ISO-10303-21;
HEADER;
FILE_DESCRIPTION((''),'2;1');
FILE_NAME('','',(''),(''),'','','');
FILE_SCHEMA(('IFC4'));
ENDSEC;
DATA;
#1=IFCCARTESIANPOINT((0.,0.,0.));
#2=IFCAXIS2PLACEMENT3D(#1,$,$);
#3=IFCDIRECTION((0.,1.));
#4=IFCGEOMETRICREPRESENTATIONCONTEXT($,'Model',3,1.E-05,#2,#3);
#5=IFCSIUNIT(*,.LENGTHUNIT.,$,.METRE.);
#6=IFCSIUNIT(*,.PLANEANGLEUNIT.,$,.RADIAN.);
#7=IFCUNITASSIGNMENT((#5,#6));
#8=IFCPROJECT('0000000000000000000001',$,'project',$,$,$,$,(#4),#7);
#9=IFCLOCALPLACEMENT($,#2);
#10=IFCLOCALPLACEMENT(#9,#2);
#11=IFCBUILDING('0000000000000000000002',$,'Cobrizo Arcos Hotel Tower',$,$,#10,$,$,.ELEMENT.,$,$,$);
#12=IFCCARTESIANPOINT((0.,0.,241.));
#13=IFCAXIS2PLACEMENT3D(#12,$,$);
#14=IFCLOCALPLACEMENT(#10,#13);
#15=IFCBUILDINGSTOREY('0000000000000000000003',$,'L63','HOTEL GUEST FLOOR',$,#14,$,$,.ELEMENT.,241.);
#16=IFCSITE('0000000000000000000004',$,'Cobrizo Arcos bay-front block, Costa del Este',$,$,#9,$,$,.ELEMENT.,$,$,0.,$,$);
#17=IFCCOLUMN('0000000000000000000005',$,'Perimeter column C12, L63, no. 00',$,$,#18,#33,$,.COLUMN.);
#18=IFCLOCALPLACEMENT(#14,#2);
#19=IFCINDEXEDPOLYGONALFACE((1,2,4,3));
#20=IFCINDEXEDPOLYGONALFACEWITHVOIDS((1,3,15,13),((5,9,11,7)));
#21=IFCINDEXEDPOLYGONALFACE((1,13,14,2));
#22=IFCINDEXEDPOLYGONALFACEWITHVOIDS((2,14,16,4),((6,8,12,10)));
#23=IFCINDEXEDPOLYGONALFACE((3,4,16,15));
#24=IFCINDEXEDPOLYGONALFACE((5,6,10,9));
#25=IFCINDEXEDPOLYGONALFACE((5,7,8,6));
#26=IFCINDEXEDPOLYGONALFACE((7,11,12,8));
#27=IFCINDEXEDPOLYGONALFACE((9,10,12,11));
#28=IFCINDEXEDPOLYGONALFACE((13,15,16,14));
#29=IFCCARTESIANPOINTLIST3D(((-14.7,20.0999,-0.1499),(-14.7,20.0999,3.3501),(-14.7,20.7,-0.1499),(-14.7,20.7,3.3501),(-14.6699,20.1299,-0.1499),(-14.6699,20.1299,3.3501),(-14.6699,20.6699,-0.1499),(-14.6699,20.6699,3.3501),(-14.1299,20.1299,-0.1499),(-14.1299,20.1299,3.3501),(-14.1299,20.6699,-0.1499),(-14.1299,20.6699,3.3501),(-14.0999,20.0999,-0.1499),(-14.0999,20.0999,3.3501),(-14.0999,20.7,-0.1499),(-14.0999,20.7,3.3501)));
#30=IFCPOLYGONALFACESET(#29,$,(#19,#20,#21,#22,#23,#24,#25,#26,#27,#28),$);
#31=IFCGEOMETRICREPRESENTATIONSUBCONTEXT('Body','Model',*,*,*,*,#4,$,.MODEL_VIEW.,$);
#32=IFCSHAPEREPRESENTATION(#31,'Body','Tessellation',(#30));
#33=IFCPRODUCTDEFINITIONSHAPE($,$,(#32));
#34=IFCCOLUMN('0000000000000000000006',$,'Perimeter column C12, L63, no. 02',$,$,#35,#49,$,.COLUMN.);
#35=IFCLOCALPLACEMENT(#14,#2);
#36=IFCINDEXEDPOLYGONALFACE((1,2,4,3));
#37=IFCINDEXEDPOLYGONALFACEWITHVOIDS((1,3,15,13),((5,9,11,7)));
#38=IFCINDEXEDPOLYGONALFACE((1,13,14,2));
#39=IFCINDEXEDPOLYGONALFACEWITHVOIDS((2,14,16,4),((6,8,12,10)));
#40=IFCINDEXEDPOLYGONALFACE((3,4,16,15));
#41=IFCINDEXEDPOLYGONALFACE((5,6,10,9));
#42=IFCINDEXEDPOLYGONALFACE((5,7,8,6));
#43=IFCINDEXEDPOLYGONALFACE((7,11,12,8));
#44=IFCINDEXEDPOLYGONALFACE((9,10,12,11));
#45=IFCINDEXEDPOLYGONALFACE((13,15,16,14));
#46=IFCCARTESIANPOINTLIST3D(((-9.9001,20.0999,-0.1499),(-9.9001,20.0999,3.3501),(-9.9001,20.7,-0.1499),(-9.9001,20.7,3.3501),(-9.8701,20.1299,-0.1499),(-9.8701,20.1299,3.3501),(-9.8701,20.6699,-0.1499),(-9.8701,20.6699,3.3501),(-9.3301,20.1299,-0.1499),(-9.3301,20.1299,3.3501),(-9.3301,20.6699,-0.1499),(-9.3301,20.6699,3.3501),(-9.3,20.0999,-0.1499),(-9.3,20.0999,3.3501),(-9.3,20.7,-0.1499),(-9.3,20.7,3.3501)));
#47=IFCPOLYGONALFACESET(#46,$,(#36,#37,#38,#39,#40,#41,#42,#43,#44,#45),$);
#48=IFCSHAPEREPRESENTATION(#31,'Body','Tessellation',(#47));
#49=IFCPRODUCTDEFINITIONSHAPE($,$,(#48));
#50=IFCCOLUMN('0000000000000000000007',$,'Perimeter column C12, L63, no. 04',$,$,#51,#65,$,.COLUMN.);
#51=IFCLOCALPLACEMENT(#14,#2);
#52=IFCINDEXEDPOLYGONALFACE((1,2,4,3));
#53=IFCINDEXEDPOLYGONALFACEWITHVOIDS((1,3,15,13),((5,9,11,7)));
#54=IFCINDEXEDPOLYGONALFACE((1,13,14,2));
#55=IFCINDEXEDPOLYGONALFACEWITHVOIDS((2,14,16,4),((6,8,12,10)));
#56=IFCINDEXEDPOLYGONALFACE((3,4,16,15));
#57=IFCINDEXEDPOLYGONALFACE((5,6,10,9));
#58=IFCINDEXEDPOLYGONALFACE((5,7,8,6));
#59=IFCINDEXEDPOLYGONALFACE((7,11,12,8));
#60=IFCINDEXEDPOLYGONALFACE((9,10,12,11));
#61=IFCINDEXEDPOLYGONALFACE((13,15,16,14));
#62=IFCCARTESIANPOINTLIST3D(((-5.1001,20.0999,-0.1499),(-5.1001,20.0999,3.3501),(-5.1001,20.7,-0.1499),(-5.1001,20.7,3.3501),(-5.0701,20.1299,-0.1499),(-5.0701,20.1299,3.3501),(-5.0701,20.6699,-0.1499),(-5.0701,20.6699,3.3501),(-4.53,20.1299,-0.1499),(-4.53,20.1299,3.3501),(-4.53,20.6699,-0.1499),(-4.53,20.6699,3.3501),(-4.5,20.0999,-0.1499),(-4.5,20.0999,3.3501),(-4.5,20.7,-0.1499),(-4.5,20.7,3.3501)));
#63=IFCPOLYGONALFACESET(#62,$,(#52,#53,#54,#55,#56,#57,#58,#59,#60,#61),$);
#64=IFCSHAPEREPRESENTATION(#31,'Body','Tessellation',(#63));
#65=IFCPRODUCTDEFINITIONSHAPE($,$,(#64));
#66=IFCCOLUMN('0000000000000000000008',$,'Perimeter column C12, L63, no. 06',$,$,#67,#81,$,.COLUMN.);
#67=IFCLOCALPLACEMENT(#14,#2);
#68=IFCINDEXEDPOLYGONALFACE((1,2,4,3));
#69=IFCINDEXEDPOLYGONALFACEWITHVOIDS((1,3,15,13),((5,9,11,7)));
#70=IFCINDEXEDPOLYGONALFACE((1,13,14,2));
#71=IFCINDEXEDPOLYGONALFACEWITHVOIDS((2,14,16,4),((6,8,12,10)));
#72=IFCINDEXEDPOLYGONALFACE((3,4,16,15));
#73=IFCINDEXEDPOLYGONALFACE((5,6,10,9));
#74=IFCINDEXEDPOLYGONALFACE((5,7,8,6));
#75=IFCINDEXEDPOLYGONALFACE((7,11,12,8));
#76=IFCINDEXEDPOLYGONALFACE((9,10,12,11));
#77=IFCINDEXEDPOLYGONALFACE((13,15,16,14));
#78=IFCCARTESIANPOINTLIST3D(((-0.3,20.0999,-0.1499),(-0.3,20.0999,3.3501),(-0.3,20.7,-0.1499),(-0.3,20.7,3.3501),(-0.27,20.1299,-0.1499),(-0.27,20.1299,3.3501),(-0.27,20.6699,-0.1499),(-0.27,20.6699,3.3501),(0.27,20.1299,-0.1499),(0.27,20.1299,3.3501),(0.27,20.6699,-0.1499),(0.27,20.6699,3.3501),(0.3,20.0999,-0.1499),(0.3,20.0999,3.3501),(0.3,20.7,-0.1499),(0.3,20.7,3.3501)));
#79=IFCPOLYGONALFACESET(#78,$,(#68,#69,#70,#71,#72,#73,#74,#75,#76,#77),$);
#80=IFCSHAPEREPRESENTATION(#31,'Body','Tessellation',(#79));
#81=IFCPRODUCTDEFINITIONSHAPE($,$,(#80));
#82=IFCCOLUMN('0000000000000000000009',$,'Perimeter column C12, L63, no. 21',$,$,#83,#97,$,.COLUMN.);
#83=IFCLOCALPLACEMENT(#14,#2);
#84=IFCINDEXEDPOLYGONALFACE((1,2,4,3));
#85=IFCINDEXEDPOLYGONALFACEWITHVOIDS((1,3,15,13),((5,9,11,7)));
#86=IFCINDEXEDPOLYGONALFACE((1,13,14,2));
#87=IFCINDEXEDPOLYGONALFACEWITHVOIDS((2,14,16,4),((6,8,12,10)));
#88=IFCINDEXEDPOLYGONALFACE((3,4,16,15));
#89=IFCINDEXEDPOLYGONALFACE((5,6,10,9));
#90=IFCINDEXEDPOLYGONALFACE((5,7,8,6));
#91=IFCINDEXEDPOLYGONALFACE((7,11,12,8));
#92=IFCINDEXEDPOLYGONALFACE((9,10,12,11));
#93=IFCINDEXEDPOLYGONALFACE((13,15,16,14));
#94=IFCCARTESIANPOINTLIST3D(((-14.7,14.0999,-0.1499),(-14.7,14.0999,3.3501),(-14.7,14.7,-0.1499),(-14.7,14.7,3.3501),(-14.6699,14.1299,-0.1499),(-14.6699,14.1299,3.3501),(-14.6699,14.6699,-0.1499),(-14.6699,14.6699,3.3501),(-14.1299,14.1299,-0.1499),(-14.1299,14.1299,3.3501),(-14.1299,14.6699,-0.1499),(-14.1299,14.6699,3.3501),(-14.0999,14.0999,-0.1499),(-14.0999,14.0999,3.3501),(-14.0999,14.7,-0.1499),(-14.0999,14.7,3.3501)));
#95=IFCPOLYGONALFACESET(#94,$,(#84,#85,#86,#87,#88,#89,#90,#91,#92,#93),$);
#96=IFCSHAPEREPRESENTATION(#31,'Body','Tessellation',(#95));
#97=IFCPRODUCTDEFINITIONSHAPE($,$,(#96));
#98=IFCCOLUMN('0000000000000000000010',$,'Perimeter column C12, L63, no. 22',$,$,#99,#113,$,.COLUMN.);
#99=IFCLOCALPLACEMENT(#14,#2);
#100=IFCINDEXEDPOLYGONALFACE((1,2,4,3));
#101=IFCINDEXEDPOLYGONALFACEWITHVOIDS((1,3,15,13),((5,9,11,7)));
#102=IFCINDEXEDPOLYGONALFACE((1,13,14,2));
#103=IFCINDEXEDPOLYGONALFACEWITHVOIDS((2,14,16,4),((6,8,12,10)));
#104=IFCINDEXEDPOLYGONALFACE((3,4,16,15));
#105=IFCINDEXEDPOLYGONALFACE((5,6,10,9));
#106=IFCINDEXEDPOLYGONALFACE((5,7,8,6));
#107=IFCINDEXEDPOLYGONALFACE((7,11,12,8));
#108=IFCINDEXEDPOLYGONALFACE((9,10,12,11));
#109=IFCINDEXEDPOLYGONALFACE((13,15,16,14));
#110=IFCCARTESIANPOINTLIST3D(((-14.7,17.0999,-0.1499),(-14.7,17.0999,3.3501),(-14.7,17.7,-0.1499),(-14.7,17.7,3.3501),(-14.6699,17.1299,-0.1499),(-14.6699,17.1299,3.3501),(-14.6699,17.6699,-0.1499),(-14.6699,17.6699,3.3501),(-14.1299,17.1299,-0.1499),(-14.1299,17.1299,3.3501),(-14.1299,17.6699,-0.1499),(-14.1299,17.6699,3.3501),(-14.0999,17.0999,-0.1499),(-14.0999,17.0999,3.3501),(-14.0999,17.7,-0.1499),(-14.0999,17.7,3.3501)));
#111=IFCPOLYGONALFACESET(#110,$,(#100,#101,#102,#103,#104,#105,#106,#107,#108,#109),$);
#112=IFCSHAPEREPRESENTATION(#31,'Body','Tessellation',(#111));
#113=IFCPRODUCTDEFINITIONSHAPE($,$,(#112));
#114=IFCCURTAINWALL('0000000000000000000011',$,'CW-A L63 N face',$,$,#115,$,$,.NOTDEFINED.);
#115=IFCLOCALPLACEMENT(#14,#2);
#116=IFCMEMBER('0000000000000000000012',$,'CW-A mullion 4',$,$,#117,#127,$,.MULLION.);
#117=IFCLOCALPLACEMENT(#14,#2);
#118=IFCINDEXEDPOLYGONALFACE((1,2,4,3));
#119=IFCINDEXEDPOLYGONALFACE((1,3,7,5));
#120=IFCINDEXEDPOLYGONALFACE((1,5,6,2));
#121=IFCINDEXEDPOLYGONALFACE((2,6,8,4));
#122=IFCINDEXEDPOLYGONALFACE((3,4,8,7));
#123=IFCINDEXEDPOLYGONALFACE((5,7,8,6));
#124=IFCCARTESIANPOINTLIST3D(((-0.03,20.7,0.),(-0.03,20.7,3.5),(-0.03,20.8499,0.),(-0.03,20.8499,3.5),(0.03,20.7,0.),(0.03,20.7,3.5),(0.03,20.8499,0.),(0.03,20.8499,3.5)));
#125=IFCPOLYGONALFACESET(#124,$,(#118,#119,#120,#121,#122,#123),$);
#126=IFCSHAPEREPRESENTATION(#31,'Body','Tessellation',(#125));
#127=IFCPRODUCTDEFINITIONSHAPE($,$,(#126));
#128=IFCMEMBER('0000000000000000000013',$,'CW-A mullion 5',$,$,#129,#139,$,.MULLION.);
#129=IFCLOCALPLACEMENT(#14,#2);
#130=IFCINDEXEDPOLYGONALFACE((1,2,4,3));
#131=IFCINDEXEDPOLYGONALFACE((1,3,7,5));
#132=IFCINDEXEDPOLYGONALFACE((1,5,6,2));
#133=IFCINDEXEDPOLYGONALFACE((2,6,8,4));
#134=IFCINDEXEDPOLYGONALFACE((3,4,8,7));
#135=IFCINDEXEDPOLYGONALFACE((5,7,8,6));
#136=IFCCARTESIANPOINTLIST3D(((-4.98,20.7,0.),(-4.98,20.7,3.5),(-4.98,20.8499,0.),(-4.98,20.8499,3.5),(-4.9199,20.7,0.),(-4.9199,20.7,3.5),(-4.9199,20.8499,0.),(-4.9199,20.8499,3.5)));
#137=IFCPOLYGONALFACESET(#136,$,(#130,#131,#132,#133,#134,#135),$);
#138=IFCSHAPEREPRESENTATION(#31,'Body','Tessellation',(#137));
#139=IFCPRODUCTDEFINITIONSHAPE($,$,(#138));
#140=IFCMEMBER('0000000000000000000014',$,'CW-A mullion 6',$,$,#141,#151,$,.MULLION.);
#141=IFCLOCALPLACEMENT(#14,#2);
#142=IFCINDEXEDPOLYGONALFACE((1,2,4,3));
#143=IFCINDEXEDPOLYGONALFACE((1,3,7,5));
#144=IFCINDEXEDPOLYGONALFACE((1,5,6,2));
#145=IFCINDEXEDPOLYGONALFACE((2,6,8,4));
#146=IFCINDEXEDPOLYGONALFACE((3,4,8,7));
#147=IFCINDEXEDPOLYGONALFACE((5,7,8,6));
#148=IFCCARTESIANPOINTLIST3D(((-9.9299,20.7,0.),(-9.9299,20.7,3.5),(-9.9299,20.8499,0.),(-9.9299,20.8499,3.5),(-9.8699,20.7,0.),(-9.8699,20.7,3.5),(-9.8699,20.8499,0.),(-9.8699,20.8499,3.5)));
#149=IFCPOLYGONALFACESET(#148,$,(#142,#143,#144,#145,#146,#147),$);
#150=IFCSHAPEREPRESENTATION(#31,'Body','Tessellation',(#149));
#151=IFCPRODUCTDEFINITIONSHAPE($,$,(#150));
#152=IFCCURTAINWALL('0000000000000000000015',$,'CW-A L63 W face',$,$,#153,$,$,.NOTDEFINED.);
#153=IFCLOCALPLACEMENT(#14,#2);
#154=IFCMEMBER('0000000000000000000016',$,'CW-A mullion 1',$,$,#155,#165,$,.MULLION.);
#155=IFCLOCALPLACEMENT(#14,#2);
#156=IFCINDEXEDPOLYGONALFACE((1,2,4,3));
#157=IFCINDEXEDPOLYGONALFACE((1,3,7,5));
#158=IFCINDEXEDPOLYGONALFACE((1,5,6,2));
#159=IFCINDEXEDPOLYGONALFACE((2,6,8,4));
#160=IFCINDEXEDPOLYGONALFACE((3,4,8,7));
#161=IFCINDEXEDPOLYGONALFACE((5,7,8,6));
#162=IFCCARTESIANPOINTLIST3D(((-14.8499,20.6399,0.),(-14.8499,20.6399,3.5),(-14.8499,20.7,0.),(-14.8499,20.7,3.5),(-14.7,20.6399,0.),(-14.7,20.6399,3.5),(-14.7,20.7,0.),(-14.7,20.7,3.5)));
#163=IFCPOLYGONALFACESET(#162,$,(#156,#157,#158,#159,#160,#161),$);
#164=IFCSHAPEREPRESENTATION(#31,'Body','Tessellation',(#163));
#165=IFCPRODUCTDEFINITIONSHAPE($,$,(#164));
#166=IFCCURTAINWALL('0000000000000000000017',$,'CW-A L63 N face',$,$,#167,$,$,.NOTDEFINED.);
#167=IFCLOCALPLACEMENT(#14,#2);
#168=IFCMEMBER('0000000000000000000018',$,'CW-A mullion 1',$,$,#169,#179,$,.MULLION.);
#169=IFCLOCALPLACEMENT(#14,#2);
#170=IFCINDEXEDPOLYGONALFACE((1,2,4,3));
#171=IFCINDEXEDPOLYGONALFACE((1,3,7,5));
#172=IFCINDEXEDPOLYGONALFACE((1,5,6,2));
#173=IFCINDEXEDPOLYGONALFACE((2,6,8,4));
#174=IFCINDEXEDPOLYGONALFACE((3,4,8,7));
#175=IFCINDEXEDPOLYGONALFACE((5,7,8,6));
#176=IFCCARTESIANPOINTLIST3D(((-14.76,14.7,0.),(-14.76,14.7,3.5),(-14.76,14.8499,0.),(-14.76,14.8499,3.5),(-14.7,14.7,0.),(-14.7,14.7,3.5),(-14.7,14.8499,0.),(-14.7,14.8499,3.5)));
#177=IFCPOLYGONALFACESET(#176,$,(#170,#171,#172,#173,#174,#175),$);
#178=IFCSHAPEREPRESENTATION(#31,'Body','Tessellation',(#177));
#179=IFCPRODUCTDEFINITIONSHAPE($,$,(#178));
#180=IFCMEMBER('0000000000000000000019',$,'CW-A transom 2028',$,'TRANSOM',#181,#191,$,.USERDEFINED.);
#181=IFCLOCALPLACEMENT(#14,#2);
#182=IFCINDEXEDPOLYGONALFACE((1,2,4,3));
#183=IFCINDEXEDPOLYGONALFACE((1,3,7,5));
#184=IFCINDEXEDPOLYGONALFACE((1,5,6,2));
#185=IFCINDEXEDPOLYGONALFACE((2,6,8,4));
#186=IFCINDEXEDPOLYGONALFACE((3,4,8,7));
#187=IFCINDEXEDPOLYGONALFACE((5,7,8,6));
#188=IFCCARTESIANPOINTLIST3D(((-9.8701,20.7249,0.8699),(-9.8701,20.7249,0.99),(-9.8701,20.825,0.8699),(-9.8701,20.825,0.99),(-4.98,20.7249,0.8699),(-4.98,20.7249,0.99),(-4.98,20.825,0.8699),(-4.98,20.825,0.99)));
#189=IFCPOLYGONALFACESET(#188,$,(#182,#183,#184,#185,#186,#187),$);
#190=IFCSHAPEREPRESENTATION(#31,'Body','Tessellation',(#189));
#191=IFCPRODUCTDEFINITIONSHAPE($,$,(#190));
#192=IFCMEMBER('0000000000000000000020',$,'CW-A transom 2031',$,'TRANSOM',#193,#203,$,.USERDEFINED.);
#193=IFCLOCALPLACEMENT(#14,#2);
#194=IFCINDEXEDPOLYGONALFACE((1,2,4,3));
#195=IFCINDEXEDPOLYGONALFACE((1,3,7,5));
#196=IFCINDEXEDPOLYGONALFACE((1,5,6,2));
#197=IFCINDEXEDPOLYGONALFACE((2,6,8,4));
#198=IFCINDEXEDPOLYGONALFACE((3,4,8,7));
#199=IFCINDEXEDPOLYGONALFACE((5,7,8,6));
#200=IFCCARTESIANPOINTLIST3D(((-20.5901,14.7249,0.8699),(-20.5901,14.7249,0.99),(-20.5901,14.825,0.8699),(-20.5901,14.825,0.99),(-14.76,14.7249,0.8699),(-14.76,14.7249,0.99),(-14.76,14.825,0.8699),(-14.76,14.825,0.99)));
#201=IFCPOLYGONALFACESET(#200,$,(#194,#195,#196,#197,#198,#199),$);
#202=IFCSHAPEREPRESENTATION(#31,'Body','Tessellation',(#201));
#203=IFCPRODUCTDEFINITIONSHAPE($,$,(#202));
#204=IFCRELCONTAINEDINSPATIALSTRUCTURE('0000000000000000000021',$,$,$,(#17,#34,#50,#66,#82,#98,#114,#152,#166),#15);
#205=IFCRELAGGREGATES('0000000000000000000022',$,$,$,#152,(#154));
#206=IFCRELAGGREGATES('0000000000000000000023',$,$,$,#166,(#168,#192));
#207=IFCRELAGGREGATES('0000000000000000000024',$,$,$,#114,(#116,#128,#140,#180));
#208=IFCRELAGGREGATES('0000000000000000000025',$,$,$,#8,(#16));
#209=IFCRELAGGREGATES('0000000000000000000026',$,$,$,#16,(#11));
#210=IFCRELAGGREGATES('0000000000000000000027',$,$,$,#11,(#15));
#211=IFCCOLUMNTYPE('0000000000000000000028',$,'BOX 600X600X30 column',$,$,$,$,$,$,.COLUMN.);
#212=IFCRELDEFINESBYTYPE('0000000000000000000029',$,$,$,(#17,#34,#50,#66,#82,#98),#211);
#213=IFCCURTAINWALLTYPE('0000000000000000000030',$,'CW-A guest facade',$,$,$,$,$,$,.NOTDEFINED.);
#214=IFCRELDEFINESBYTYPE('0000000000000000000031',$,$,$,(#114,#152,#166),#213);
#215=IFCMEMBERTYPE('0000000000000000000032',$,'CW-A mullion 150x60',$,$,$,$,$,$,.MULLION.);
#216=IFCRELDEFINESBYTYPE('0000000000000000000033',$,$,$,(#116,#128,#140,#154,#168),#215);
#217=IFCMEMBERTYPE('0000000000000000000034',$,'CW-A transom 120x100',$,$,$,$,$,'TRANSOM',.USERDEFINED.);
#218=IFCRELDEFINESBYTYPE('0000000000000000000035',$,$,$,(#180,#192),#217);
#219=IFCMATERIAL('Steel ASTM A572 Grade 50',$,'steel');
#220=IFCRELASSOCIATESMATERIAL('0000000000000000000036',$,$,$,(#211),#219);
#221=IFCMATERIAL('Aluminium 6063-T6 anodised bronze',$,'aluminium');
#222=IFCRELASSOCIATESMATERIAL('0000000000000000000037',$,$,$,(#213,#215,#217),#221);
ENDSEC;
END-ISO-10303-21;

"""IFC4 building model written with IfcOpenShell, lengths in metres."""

from ifc_helpers import new_model, si_unit, direction, frame, origin, origin_2d, place, context, subcontext, project, spatial, rectangle, hollow_rectangle, extrude, material, material_profile, profile_set, type_object, element, aggregate, save


model = new_model("IFC4")

# Units and contexts
model_context = context("Model", 3, precision=1e-05, world=origin(), true_north=direction((0.0, 1.0)))
body_context = subcontext(model_context, "Body", "Model", "MODEL_VIEW")
ifc_project = project(units=[si_unit("LENGTHUNIT", "METRE"), si_unit("PLANEANGLEUNIT", "RADIAN")], contexts=[model_context])

# Site, building, storey
site_placement = place(None, origin())
site = spatial("IfcSite", under=ifc_project, at=site_placement, Name="Cobrizo Arcos bay-front block, Costa del Este", CompositionType="ELEMENT", RefElevation=0.0)
building_placement = place(site_placement, origin())
building = spatial("IfcBuilding", under=site, at=building_placement, Name="Cobrizo Arcos Hotel Tower", CompositionType="ELEMENT")
storey_placement = place(building_placement, frame((0.0, 0.0, 241.0)))
storey = spatial("IfcBuildingStorey", under=building, at=storey_placement, Name="L63", Description="HOTEL GUEST FLOOR", CompositionType="ELEMENT", Elevation=241.0)

# Columns
ifc_material_1 = material(Name="Steel ASTM A572 Grade 50", Category="steel")
ifc_material_profile_1 = material_profile(ifc_material_1, hollow_rectangle(XDim=0.6001, YDim=0.6001, WallThickness=0.03, at=origin_2d()), Name="BOX 600X600X30")
ifc_profile_set_1 = profile_set([ifc_material_profile_1], Name="Steel ASTM A572 Grade 50")
column_type = type_object("IfcColumnType", Name="BOX 600X600X30 column", PredefinedType="COLUMN", material=ifc_profile_set_1)
for number, where, z_axis, x_axis, name in (
    (1, (-14.3999, 20.3999, -0.1499), (0.0, 0.0, 1.0), (1.0, 0.0, 0.0), "Perimeter column C12, L63, no. 00"),
    (2, (-9.6001, 20.3999, -0.1499), (0.0, 0.0, 1.0), (1.0, 0.0, 0.0), "Perimeter column C12, L63, no. 02"),
    (3, (-4.8, 20.3999, -0.1499), (0.0, 0.0, 1.0), (1.0, 0.0, 0.0), "Perimeter column C12, L63, no. 04"),
    (4, (0.0, 20.3999, -0.1499), (0.0, 0.0, 1.0), (1.0, 0.0, 0.0), "Perimeter column C12, L63, no. 06"),
    (5, (-14.3999, 14.3999, -0.1499), (0.0, 0.0, 1.0), (1.0, 0.0, 0.0), "Perimeter column C12, L63, no. 21"),
    (6, (-14.3999, 17.3999, -0.1499), (0.0, 0.0, 1.0), (1.0, 0.0, 0.0), "Perimeter column C12, L63, no. 22"),
):
    element("IfcColumn", number, at=place(storey_placement, frame(where, z_axis=z_axis, x_axis=x_axis)), inside=storey, type_object=column_type, Name=name, PredefinedType="COLUMN", context=body_context, shape_type="SweptSolid", body=[
        extrude(hollow_rectangle(XDim=0.6001, YDim=0.6001, WallThickness=0.03, at=origin_2d()), origin(), (0.0, 0.0, 1.0), 3.5),
    ])

# Curtain wall, members
ifc_material_2 = material(Name="Aluminium 6063-T6 anodised bronze", Category="aluminium")
curtain_wall_type = type_object("IfcCurtainWallType", Name="CW-A guest facade", PredefinedType="NOTDEFINED", material=ifc_material_2)
curtain_wall_1_placement = place(storey_placement, origin())
curtain_wall_1 = element("IfcCurtainWall", 7, at=curtain_wall_1_placement, inside=storey, type_object=curtain_wall_type, Name="CW-A L63 N face", PredefinedType="NOTDEFINED")
ifc_material_profile_2 = material_profile(ifc_material_2, rectangle(XDim=0.1499, YDim=0.0601, at=origin_2d()), Name="CW-A mullion 150x60")
ifc_profile_set_2 = profile_set([ifc_material_profile_2], Name="Aluminium 6063-T6 anodised bronze")
member_type_1 = type_object("IfcMemberType", Name="CW-A mullion 150x60", PredefinedType="MULLION", material=ifc_profile_set_2)
member_1_placement = place(storey_placement, frame((0.0, 20.7749, 0.0), z_axis=(0.0, 0.0, 1.0), x_axis=(0.0, 1.0, 0.0)))
member_1 = element("IfcMember", 8, at=member_1_placement, type_object=member_type_1, Name="CW-A mullion 4", PredefinedType="MULLION", context=body_context, shape_type="SweptSolid", body=[
    extrude(rectangle(XDim=0.1499, YDim=0.0601, at=origin_2d()), origin(), (0.0, 0.0, 1.0), 3.5),
])
member_2_placement = place(storey_placement, frame((-4.95, 20.7749, 0.0), z_axis=(0.0, 0.0, 1.0), x_axis=(0.0, 1.0, 0.0)))
member_2 = element("IfcMember", 9, at=member_2_placement, type_object=member_type_1, Name="CW-A mullion 5", PredefinedType="MULLION", context=body_context, shape_type="SweptSolid", body=[
    extrude(rectangle(XDim=0.1499, YDim=0.0601, at=origin_2d()), origin(), (0.0, 0.0, 1.0), 3.5),
])
member_3_placement = place(storey_placement, frame((-9.8999, 20.7749, 0.0), z_axis=(0.0, 0.0, 1.0), x_axis=(0.0, 1.0, 0.0)))
member_3 = element("IfcMember", 10, at=member_3_placement, type_object=member_type_1, Name="CW-A mullion 6", PredefinedType="MULLION", context=body_context, shape_type="SweptSolid", body=[
    extrude(rectangle(XDim=0.1499, YDim=0.0601, at=origin_2d()), origin(), (0.0, 0.0, 1.0), 3.5),
])

# Curtain walls, members
curtain_wall_2_placement = place(storey_placement, origin())
curtain_wall_2 = element("IfcCurtainWall", 11, at=curtain_wall_2_placement, inside=storey, type_object=curtain_wall_type, Name="CW-A L63 W face", PredefinedType="NOTDEFINED")
member_4_placement = place(storey_placement, frame((-14.7749, 20.6699, 0.0), z_axis=(0.0, 0.0, 1.0), x_axis=(-1.0, 0.0, 0.0)))
member_4 = element("IfcMember", 12, at=member_4_placement, type_object=member_type_1, Name="CW-A mullion 1", PredefinedType="MULLION", context=body_context, shape_type="SweptSolid", body=[
    extrude(rectangle(XDim=0.1499, YDim=0.0601, at=origin_2d()), origin(), (0.0, 0.0, 1.0), 3.5),
])
aggregate(curtain_wall_2, [member_4])
curtain_wall_3_placement = place(storey_placement, origin())
curtain_wall_3 = element("IfcCurtainWall", 13, at=curtain_wall_3_placement, inside=storey, type_object=curtain_wall_type, Name="CW-A L63 N face", PredefinedType="NOTDEFINED")
member_5_placement = place(storey_placement, frame((-14.73, 14.7749, 0.0), z_axis=(0.0, 0.0, 1.0), x_axis=(0.0, 1.0, 0.0)))
member_5 = element("IfcMember", 14, at=member_5_placement, type_object=member_type_1, Name="CW-A mullion 1", PredefinedType="MULLION", context=body_context, shape_type="SweptSolid", body=[
    extrude(rectangle(XDim=0.1499, YDim=0.0601, at=origin_2d()), origin(), (0.0, 0.0, 1.0), 3.5),
])

# Members
ifc_material_profile_3 = material_profile(ifc_material_2, rectangle(XDim=0.1001, YDim=0.1201, at=origin_2d()), Name="CW-A transom 120x100")
ifc_profile_set_3 = profile_set([ifc_material_profile_3], Name="Aluminium 6063-T6 anodised bronze")
member_type_2 = type_object("IfcMemberType", Name="CW-A transom 120x100", ElementType="TRANSOM", PredefinedType="USERDEFINED", material=ifc_profile_set_3)
member_6_placement = place(storey_placement, frame((-4.98, 20.7749, 0.9299), z_axis=(-1.0, 0.0, 0.0), x_axis=(0.0, -1.0, 0.0)))
member_6 = element("IfcMember", 15, at=member_6_placement, type_object=member_type_2, Name="CW-A transom 2028", ObjectType="TRANSOM", PredefinedType="USERDEFINED", context=body_context, shape_type="SweptSolid", body=[
    extrude(rectangle(XDim=0.1001, YDim=0.1201, at=origin_2d()), origin(), (0.0, 0.0, 1.0), 4.8901),
])
member_7_placement = place(storey_placement, frame((-14.76, 14.7749, 0.9299), z_axis=(-1.0, 0.0, 0.0), x_axis=(0.0, -1.0, 0.0)))
member_7 = element("IfcMember", 16, at=member_7_placement, type_object=member_type_2, Name="CW-A transom 2031", ObjectType="TRANSOM", PredefinedType="USERDEFINED", context=body_context, shape_type="SweptSolid", body=[
    extrude(rectangle(XDim=0.1001, YDim=0.1201, at=origin_2d()), origin(), (0.0, 0.0, 1.0), 5.8301),
])
aggregate(curtain_wall_3, [member_5, member_7])

aggregate(curtain_wall_1, [member_1, member_2, member_3, member_6])

save(model, "model.ifc")
